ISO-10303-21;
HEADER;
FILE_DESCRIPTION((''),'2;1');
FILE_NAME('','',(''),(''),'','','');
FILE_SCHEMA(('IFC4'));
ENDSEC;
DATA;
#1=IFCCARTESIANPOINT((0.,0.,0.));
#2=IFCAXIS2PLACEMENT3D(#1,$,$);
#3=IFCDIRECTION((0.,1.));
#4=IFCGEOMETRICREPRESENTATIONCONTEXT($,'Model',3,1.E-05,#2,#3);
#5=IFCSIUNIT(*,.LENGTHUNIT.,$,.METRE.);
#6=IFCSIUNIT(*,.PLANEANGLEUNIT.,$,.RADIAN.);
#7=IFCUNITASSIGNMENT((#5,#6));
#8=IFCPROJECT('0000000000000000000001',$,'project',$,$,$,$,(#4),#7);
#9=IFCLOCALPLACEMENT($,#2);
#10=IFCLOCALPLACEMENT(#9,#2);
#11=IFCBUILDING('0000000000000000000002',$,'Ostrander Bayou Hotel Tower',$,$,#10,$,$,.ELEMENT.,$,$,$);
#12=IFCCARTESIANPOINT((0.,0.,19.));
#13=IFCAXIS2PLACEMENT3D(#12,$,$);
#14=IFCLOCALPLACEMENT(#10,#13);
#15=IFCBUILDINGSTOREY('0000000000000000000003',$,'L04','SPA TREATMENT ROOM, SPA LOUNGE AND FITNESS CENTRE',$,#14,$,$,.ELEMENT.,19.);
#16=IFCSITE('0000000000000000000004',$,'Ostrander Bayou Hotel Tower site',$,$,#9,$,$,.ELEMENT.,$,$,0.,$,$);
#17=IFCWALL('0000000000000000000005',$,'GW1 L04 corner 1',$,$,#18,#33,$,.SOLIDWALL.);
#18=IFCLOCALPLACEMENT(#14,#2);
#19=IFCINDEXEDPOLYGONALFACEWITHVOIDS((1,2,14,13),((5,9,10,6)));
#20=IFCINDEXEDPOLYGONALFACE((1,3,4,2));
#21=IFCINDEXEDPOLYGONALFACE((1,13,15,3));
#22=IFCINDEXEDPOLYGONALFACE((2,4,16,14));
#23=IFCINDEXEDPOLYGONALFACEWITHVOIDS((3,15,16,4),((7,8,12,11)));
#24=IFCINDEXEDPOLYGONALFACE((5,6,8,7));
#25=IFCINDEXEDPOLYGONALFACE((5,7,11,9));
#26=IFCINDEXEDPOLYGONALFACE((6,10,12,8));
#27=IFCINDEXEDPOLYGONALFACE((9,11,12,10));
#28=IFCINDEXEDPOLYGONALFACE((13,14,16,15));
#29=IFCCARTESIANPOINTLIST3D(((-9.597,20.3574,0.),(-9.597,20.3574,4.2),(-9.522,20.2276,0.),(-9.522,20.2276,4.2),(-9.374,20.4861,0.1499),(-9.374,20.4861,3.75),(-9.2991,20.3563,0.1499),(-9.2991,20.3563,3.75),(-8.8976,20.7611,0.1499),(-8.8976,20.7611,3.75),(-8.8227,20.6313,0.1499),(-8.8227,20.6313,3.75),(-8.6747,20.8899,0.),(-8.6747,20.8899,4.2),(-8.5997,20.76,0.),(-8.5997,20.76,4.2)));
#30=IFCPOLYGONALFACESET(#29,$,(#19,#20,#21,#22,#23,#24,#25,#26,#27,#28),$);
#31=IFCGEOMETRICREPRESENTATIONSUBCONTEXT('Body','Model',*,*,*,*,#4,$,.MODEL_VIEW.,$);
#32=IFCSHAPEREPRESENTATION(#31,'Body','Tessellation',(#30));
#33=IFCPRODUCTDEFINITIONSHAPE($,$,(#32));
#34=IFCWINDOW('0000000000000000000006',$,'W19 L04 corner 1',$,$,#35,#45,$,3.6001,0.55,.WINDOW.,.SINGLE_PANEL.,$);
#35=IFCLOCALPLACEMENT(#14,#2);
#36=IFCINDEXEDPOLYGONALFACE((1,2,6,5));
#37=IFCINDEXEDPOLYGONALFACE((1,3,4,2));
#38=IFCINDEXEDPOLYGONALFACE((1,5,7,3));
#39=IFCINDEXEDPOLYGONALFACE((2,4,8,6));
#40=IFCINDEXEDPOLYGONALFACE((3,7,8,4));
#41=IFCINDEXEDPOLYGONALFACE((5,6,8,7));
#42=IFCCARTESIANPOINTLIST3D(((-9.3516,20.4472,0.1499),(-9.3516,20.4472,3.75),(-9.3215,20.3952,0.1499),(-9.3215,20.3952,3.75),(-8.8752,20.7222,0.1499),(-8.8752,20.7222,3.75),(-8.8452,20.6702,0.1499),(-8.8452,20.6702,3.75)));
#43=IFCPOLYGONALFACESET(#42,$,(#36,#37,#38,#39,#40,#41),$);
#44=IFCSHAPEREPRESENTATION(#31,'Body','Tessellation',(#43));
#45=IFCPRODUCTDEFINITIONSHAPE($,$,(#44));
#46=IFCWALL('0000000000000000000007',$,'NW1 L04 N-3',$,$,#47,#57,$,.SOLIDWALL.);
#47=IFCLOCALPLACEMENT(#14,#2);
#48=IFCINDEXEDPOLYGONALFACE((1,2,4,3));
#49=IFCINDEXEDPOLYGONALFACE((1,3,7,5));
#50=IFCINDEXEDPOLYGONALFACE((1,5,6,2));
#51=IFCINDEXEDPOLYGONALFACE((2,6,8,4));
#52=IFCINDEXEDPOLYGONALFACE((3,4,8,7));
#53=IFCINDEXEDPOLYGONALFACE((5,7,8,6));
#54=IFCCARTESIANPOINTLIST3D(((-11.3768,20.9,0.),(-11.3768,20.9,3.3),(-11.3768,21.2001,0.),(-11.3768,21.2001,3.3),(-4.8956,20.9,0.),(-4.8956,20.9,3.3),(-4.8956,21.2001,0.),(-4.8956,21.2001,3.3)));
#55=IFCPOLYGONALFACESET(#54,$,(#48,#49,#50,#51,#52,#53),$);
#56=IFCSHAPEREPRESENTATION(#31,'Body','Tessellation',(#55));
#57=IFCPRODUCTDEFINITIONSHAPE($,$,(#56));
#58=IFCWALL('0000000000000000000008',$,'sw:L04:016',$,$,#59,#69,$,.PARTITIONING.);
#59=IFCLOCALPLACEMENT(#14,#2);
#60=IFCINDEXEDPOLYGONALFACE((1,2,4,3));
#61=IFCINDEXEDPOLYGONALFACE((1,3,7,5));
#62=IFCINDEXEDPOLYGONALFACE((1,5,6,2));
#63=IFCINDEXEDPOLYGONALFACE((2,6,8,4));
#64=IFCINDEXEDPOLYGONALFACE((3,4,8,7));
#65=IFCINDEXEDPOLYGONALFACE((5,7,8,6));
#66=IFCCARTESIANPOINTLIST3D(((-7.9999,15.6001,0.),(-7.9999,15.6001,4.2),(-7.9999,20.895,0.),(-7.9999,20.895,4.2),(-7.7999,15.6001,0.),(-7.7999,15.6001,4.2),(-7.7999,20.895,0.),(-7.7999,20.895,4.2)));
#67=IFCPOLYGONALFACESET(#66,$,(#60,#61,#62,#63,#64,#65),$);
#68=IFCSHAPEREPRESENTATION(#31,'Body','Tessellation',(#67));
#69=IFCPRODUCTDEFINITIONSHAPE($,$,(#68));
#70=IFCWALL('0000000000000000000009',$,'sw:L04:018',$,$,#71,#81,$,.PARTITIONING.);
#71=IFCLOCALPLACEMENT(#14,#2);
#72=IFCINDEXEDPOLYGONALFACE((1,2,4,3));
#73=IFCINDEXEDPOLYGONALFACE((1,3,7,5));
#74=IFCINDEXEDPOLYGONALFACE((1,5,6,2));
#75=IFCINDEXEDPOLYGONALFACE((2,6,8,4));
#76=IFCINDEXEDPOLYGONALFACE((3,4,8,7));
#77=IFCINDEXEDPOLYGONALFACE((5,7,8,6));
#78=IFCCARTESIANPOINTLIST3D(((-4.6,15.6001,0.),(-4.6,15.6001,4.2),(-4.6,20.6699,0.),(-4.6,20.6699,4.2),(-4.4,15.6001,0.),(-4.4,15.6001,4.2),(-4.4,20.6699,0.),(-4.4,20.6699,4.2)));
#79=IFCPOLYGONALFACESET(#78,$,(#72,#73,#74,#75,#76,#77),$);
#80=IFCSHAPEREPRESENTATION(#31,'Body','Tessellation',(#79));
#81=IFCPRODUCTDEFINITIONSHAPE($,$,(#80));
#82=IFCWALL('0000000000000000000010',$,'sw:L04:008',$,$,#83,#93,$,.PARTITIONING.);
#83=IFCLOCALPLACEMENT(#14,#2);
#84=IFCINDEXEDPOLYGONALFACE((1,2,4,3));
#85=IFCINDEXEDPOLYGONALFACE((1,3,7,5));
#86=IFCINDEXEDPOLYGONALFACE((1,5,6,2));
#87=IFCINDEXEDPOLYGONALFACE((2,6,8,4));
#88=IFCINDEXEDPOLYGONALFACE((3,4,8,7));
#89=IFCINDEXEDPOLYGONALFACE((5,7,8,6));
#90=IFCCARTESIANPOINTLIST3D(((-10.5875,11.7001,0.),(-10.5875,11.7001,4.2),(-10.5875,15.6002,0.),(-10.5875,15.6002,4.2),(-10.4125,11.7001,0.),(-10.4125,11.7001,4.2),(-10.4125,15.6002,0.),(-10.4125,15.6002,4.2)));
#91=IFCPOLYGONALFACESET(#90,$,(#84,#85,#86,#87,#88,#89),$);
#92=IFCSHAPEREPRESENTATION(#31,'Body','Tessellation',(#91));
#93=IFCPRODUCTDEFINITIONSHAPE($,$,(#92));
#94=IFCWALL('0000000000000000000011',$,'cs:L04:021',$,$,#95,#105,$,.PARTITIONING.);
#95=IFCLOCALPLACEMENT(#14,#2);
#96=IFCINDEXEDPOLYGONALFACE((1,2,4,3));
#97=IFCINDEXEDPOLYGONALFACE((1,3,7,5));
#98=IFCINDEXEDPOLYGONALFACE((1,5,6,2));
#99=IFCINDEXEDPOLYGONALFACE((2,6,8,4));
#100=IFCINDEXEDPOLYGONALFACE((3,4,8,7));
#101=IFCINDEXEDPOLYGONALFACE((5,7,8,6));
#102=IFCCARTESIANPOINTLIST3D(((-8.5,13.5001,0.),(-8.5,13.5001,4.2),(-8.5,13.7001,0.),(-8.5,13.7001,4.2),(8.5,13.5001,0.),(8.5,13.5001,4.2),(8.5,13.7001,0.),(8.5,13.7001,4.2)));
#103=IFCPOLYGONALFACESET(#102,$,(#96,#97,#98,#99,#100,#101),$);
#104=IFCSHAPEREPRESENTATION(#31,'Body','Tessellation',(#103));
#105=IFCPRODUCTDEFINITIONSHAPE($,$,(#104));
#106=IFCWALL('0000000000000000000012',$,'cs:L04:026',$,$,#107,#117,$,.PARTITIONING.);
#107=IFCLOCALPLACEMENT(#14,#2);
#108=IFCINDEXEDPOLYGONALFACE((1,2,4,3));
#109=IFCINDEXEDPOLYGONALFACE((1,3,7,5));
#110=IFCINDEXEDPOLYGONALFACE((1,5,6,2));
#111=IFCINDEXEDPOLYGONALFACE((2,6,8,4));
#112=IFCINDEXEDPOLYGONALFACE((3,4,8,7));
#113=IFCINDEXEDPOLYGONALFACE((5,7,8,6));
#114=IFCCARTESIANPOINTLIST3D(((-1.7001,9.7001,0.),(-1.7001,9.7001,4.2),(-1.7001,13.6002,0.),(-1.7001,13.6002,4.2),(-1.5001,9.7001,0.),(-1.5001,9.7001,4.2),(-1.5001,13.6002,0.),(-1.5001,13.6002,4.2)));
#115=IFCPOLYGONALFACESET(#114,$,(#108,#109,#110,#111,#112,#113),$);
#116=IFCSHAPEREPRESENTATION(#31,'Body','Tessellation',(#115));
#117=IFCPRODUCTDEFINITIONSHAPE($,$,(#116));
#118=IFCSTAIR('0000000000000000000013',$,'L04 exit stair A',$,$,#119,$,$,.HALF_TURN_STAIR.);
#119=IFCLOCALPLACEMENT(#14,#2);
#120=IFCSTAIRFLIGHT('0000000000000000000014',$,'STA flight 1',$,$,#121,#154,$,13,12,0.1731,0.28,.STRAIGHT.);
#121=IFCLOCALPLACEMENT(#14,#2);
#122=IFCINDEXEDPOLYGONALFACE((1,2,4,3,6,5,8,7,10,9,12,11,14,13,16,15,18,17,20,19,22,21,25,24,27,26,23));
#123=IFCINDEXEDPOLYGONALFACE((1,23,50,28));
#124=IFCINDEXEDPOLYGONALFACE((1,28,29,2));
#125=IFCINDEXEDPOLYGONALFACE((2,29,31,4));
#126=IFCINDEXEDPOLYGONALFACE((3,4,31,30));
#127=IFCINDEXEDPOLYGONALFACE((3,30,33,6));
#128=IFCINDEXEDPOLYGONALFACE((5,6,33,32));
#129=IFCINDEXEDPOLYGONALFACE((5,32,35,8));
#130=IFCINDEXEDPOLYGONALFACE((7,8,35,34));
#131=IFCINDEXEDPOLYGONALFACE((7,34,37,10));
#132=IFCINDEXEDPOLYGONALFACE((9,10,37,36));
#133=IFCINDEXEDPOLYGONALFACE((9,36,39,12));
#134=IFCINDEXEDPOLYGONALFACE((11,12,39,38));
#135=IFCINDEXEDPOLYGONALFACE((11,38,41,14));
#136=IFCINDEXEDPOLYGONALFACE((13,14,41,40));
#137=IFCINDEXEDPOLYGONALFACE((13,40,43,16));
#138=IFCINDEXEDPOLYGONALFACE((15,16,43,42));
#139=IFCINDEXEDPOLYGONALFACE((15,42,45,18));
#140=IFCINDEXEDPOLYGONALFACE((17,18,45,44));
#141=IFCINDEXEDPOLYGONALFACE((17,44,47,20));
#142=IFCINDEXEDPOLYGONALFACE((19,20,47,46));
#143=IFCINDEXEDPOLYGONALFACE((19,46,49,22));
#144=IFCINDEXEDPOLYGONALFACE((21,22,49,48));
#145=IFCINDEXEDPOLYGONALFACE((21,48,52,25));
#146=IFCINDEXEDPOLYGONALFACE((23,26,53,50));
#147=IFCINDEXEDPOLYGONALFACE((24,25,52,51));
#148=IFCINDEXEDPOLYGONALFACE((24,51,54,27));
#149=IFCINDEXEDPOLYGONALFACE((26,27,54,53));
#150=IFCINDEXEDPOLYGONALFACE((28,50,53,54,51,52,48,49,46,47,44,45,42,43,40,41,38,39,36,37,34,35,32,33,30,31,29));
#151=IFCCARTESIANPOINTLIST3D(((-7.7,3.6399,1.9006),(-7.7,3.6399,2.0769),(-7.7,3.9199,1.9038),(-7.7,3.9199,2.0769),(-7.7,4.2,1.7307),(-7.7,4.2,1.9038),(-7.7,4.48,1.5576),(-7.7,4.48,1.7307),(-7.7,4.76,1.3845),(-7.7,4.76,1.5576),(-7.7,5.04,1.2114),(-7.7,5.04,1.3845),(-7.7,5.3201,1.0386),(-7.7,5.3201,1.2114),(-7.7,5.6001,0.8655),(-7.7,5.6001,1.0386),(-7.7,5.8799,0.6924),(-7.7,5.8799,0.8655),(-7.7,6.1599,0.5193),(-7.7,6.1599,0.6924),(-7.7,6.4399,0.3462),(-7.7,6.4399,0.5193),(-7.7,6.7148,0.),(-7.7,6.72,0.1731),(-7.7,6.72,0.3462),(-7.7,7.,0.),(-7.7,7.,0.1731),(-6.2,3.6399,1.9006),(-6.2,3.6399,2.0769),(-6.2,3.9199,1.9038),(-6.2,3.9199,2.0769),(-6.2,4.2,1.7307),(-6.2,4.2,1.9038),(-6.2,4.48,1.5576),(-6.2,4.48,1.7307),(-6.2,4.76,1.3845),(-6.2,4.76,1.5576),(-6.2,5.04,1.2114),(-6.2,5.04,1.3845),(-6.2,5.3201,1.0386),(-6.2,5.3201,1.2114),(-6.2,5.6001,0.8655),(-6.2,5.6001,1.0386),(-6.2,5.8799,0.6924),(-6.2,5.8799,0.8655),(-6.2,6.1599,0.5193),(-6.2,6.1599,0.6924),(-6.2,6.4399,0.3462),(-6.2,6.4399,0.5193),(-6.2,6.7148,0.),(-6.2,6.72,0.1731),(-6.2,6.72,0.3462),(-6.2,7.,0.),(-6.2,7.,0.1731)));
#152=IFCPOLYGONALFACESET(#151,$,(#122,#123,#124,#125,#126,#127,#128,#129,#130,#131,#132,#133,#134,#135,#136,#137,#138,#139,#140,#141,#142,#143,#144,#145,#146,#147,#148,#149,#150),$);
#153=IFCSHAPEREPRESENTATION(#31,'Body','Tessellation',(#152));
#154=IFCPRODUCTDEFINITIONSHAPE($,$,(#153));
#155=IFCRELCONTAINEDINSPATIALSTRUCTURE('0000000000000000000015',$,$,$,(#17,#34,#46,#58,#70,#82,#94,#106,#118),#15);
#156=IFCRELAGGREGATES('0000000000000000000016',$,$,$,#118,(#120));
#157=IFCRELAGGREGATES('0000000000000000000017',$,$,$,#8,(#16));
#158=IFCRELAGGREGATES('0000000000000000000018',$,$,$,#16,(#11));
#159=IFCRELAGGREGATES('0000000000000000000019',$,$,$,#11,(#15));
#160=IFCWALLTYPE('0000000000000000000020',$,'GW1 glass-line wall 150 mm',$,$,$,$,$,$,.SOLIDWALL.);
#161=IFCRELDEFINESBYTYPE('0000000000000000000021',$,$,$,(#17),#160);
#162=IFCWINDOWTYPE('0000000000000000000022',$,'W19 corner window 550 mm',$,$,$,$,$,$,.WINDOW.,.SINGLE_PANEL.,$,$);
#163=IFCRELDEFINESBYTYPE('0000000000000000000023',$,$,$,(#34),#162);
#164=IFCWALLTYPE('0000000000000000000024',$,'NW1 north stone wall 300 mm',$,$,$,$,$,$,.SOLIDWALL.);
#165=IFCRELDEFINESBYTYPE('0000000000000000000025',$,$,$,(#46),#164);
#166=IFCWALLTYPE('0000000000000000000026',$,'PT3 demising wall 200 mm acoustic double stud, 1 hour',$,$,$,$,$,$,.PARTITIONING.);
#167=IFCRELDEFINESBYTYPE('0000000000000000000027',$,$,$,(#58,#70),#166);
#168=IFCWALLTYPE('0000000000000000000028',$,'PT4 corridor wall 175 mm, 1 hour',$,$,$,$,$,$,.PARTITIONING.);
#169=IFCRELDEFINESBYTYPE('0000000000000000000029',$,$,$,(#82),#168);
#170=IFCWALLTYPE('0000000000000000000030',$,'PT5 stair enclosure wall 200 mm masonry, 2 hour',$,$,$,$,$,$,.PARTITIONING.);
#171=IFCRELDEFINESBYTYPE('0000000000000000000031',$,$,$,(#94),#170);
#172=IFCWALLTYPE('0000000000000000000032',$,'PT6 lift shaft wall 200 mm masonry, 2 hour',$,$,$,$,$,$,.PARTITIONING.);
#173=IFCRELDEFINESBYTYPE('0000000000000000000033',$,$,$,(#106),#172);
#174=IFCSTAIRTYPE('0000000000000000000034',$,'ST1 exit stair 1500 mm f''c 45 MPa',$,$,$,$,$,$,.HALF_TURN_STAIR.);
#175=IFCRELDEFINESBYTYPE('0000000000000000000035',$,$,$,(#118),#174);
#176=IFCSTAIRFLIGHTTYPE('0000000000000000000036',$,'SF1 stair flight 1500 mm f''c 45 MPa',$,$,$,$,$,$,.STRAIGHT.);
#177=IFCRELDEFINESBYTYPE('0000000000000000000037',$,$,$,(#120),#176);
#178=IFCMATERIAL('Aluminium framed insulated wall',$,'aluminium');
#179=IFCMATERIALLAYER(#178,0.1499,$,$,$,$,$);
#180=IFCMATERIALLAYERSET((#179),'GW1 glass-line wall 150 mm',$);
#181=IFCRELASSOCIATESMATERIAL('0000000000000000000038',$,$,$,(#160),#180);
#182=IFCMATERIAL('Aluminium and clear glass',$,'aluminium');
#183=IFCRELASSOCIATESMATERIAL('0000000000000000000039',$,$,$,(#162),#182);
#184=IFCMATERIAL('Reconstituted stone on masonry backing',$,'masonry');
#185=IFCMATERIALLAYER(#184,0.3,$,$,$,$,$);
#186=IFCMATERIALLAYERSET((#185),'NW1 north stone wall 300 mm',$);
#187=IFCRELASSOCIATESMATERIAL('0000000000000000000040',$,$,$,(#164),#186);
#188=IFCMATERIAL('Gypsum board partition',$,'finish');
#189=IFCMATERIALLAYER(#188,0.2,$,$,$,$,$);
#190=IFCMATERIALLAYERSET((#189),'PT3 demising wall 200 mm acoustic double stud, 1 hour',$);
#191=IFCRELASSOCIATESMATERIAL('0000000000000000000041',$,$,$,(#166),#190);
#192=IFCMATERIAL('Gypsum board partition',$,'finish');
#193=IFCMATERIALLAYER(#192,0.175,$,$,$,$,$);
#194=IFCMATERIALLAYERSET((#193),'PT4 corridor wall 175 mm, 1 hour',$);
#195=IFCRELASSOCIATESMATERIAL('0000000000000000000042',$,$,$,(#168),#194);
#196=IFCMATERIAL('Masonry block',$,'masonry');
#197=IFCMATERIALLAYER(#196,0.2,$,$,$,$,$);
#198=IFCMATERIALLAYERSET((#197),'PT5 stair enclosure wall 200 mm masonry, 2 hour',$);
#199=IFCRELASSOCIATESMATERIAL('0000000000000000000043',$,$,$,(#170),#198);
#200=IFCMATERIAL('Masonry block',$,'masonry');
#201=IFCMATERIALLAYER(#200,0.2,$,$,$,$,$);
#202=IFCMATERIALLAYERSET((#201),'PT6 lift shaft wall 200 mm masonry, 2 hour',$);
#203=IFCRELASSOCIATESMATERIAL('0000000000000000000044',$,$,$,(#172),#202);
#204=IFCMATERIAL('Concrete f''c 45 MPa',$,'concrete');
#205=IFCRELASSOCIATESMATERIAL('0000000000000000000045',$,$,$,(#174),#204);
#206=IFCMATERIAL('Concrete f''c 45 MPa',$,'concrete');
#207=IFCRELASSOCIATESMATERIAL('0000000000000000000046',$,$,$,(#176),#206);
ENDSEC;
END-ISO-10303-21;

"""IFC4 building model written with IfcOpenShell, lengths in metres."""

from ifc_helpers import new_model, si_unit, direction, frame, frame_2d, origin, place, context, subcontext, project, spatial, polyline, rectangle, outline, extrude, material, layer, layer_set, type_object, element, fill, aggregate, save


model = new_model("IFC4")

# Units and contexts
model_context = context("Model", 3, precision=1e-05, world=origin(), true_north=direction((0.0, 1.0)))
body_context = subcontext(model_context, "Body", "Model", "MODEL_VIEW")
ifc_project = project(units=[si_unit("LENGTHUNIT", "METRE"), si_unit("PLANEANGLEUNIT", "RADIAN")], contexts=[model_context])

# Site, building, storey
site_placement = place(None, origin())
site = spatial("IfcSite", under=ifc_project, at=site_placement, Name="Ostrander Bayou Hotel Tower site", CompositionType="ELEMENT", RefElevation=0.0)
building_placement = place(site_placement, origin())
building = spatial("IfcBuilding", under=site, at=building_placement, Name="Ostrander Bayou Hotel Tower", CompositionType="ELEMENT")
storey_placement = place(building_placement, frame((0.0, 0.0, 19.0)))
storey = spatial("IfcBuildingStorey", under=building, at=storey_placement, Name="L04", Description="SPA TREATMENT ROOM, SPA LOUNGE AND FITNESS CENTRE", CompositionType="ELEMENT", Elevation=19.0)

# Shared definitions
ifc_material_1 = material(Name="Aluminium framed insulated wall", Category="aluminium")
ifc_layer_1 = layer(ifc_material_1, 0.1499)
ifc_layer_set_1 = layer_set([ifc_layer_1], Name="GW1 glass-line wall 150 mm")
wall_type_1 = type_object("IfcWallType", Name="GW1 glass-line wall 150 mm", PredefinedType="SOLIDWALL", material=ifc_layer_set_1)

# Wall, opening, window
wall_1_placement = place(storey_placement, frame((-8.6372, 20.825, 0.0), z_axis=(0.0, 0.0, 1.0), x_axis=(-0.866048, -0.499961, 0.0)))
wall_1 = element("IfcWall", 1, at=wall_1_placement, inside=storey, type_object=wall_type_1, Name="GW1 L04 corner 1", PredefinedType="SOLIDWALL", context=body_context, shape_type="SweptSolid", body=[
    extrude(rectangle(XDim=1.0649, YDim=0.1499, at=frame_2d((0.5325, 0.0))), origin(), (0.0, 0.0, 1.0), 4.2),
])
opening_1_placement = place(wall_1_placement, frame((0.2576, 0.0, 0.1499)))
opening_1 = element("IfcOpeningElement", 2, at=opening_1_placement, cuts=wall_1, PredefinedType="OPENING", context=body_context, shape_type="SweptSolid", body=[
    extrude(rectangle(XDim=0.55, YDim=3.6001, at=frame_2d((0.2749, 1.8))), frame((0.0, 0.075, 0.0), z_axis=(0.0, -1.0, 0.0), x_axis=(1.0, 0.0, 0.0)), (0.0, 0.0, 1.0), 0.1499),
])
ifc_material_2 = material(Name="Aluminium and clear glass", Category="aluminium")
window_type = type_object("IfcWindowType", Name="W19 corner window 550 mm", PartitioningType="SINGLE_PANEL", PredefinedType="WINDOW", material=ifc_material_2)
window_placement = place(opening_1_placement, origin())
window = element("IfcWindow", 3, at=window_placement, inside=storey, type_object=window_type, Name="W19 L04 corner 1", OverallHeight=3.6001, OverallWidth=0.55, PartitioningType="SINGLE_PANEL", PredefinedType="WINDOW", context=body_context, shape_type="SweptSolid", body=[
    extrude(rectangle(XDim=0.55, YDim=3.6001, at=frame_2d((0.2749, 1.8))), frame((0.0, 0.03, 0.0), z_axis=(0.0, -1.0, 0.0), x_axis=(1.0, 0.0, 0.0)), (0.0, 0.0, 1.0), 0.0601),
])
fill(opening_1, window)

# Walls
ifc_material_3 = material(Name="Reconstituted stone on masonry backing", Category="masonry")
ifc_layer_2 = layer(ifc_material_3, 0.3)
ifc_layer_set_2 = layer_set([ifc_layer_2], Name="NW1 north stone wall 300 mm")
wall_type_2 = type_object("IfcWallType", Name="NW1 north stone wall 300 mm", PredefinedType="SOLIDWALL", material=ifc_layer_set_2)
wall_2_placement = place(storey_placement, frame((-4.8955, 21.05, 0.0), z_axis=(0.0, 0.0, 1.0), x_axis=(-1.0, 0.0, 0.0)))
element("IfcWall", 4, at=wall_2_placement, inside=storey, type_object=wall_type_2, Name="NW1 L04 N-3", PredefinedType="SOLIDWALL", context=body_context, shape_type="SweptSolid", body=[
    extrude(rectangle(XDim=6.4812, YDim=0.3, at=frame_2d((3.2407, 0.0))), origin(), (0.0, 0.0, 1.0), 3.3),
])
ifc_material_4 = material(Name="Gypsum board partition", Category="finish")
ifc_layer_3 = layer(ifc_material_4, 0.2)
ifc_layer_set_3 = layer_set([ifc_layer_3], Name="PT3 demising wall 200 mm acoustic double stud, 1 hour")
wall_type_3 = type_object("IfcWallType", Name="PT3 demising wall 200 mm acoustic double stud, 1 hour", PredefinedType="PARTITIONING", material=ifc_layer_set_3)
wall_3_placement = place(storey_placement, frame((-7.8999, 15.6001, 0.0), z_axis=(0.0, 0.0, 1.0), x_axis=(0.0, 1.0, 0.0)))
element("IfcWall", 5, at=wall_3_placement, inside=storey, type_object=wall_type_3, Name="sw:L04:016", PredefinedType="PARTITIONING", context=body_context, shape_type="SweptSolid", body=[
    extrude(rectangle(XDim=5.2949, YDim=0.2, at=frame_2d((2.6475, 0.0))), origin(), (0.0, 0.0, 1.0), 4.2),
])
wall_4_placement = place(storey_placement, frame((-4.5, 15.6001, 0.0), z_axis=(0.0, 0.0, 1.0), x_axis=(0.0, 1.0, 0.0)))
element("IfcWall", 6, at=wall_4_placement, inside=storey, type_object=wall_type_3, Name="sw:L04:018", PredefinedType="PARTITIONING", context=body_context, shape_type="SweptSolid", body=[
    extrude(rectangle(XDim=5.0698, YDim=0.2, at=frame_2d((2.5349, 0.0))), origin(), (0.0, 0.0, 1.0), 4.2),
])

# Shared definitions
ifc_material_5 = material(Name="Gypsum board partition", Category="finish")
ifc_layer_4 = layer(ifc_material_5, 0.175)
ifc_layer_set_4 = layer_set([ifc_layer_4], Name="PT4 corridor wall 175 mm, 1 hour")
wall_type_4 = type_object("IfcWallType", Name="PT4 corridor wall 175 mm, 1 hour", PredefinedType="PARTITIONING", material=ifc_layer_set_4)

# Walls
wall_5_placement = place(storey_placement, frame((-10.5, 11.7, 0.0), z_axis=(0.0, 0.0, 1.0), x_axis=(0.0, 1.0, 0.0)))
element("IfcWall", 7, at=wall_5_placement, inside=storey, type_object=wall_type_4, Name="sw:L04:008", PredefinedType="PARTITIONING", context=body_context, shape_type="SweptSolid", body=[
    extrude(rectangle(XDim=3.9001, YDim=0.175, at=frame_2d((1.9502, 0.0))), origin(), (0.0, 0.0, 1.0), 4.2),
])
ifc_material_6 = material(Name="Masonry block", Category="masonry")
ifc_layer_5 = layer(ifc_material_6, 0.2)
ifc_layer_set_5 = layer_set([ifc_layer_5], Name="PT5 stair enclosure wall 200 mm masonry, 2 hour")
wall_type_5 = type_object("IfcWallType", Name="PT5 stair enclosure wall 200 mm masonry, 2 hour", PredefinedType="PARTITIONING", material=ifc_layer_set_5)
wall_6_placement = place(storey_placement, frame((-8.5, 13.6001, 0.0), z_axis=(0.0, 0.0, 1.0), x_axis=(1.0, 0.0, 0.0)))
element("IfcWall", 8, at=wall_6_placement, inside=storey, type_object=wall_type_5, Name="cs:L04:021", PredefinedType="PARTITIONING", context=body_context, shape_type="SweptSolid", body=[
    extrude(rectangle(XDim=17.0, YDim=0.2, at=frame_2d((8.5, 0.0))), origin(), (0.0, 0.0, 1.0), 4.2),
])

# Wall
ifc_material_7 = material(Name="Masonry block", Category="masonry")
ifc_layer_6 = layer(ifc_material_7, 0.2)
ifc_layer_set_6 = layer_set([ifc_layer_6], Name="PT6 lift shaft wall 200 mm masonry, 2 hour")
wall_type_6 = type_object("IfcWallType", Name="PT6 lift shaft wall 200 mm masonry, 2 hour", PredefinedType="PARTITIONING", material=ifc_layer_set_6)
wall_7_placement = place(storey_placement, frame((-1.6001, 9.7, 0.0), z_axis=(0.0, 0.0, 1.0), x_axis=(0.0, 1.0, 0.0)))
element("IfcWall", 9, at=wall_7_placement, inside=storey, type_object=wall_type_6, Name="cs:L04:026", PredefinedType="PARTITIONING", context=body_context, shape_type="SweptSolid", body=[
    extrude(rectangle(XDim=3.9001, YDim=0.2, at=frame_2d((1.9502, 0.0))), origin(), (0.0, 0.0, 1.0), 4.2),
])

# Stair, stair flight
ifc_material_8 = material(Name="Concrete f'c 45 MPa", Category="concrete")
stair_type = type_object("IfcStairType", Name="ST1 exit stair 1500 mm f'c 45 MPa", PredefinedType="HALF_TURN_STAIR", material=ifc_material_8)
stair_placement = place(storey_placement, origin())
stair = element("IfcStair", 10, at=stair_placement, inside=storey, type_object=stair_type, Name="L04 exit stair A", PredefinedType="HALF_TURN_STAIR")
ifc_material_9 = material(Name="Concrete f'c 45 MPa", Category="concrete")
stair_flight_type = type_object("IfcStairFlightType", Name="SF1 stair flight 1500 mm f'c 45 MPa", PredefinedType="STRAIGHT", material=ifc_material_9)
stair_flight_placement = place(storey_placement, frame((-6.95, 7.0, 0.0), z_axis=(0.0, 0.0, 1.0), x_axis=(0.0, -1.0, 0.0)))
stair_flight = element("IfcStairFlight", 11, at=stair_flight_placement, type_object=stair_flight_type, Name="STA flight 1", NumberOfRisers=13, NumberOfTreads=12, PredefinedType="STRAIGHT", RiserHeight=0.1731, TreadLength=0.28, context=body_context, shape_type="SweptSolid", body=[
    extrude(outline(polyline([(0.0, 0.0), (0.0, 0.1731), (0.28, 0.1731), (0.28, 0.3462), (0.5601, 0.3462), (0.5601, 0.5193), (0.8401, 0.5193), (0.8401, 0.6924), (1.1201, 0.6924), (1.1201, 0.8655), (1.3999, 0.8655), (1.3999, 1.0386), (1.6799, 1.0386), (1.6799, 1.2114), (1.96, 1.2114), (1.96, 1.3845), (2.24, 1.3845), (2.24, 1.5576), (2.52, 1.5576), (2.52, 1.7307), (2.8, 1.7307), (2.8, 1.9038), (3.0801, 1.9038), (3.0801, 2.0769), (3.3601, 2.0769), (3.3601, 2.25), (3.3601, 1.9006), (0.2852, 0.0), (0.0, 0.0)])), frame((0.0, 0.75, 0.0), z_axis=(0.0, -1.0, 0.0), x_axis=(1.0, 0.0, 0.0)), (0.0, 0.0, 1.0), 1.5),
])
aggregate(stair, [stair_flight])

save(model, "model.ifc")
